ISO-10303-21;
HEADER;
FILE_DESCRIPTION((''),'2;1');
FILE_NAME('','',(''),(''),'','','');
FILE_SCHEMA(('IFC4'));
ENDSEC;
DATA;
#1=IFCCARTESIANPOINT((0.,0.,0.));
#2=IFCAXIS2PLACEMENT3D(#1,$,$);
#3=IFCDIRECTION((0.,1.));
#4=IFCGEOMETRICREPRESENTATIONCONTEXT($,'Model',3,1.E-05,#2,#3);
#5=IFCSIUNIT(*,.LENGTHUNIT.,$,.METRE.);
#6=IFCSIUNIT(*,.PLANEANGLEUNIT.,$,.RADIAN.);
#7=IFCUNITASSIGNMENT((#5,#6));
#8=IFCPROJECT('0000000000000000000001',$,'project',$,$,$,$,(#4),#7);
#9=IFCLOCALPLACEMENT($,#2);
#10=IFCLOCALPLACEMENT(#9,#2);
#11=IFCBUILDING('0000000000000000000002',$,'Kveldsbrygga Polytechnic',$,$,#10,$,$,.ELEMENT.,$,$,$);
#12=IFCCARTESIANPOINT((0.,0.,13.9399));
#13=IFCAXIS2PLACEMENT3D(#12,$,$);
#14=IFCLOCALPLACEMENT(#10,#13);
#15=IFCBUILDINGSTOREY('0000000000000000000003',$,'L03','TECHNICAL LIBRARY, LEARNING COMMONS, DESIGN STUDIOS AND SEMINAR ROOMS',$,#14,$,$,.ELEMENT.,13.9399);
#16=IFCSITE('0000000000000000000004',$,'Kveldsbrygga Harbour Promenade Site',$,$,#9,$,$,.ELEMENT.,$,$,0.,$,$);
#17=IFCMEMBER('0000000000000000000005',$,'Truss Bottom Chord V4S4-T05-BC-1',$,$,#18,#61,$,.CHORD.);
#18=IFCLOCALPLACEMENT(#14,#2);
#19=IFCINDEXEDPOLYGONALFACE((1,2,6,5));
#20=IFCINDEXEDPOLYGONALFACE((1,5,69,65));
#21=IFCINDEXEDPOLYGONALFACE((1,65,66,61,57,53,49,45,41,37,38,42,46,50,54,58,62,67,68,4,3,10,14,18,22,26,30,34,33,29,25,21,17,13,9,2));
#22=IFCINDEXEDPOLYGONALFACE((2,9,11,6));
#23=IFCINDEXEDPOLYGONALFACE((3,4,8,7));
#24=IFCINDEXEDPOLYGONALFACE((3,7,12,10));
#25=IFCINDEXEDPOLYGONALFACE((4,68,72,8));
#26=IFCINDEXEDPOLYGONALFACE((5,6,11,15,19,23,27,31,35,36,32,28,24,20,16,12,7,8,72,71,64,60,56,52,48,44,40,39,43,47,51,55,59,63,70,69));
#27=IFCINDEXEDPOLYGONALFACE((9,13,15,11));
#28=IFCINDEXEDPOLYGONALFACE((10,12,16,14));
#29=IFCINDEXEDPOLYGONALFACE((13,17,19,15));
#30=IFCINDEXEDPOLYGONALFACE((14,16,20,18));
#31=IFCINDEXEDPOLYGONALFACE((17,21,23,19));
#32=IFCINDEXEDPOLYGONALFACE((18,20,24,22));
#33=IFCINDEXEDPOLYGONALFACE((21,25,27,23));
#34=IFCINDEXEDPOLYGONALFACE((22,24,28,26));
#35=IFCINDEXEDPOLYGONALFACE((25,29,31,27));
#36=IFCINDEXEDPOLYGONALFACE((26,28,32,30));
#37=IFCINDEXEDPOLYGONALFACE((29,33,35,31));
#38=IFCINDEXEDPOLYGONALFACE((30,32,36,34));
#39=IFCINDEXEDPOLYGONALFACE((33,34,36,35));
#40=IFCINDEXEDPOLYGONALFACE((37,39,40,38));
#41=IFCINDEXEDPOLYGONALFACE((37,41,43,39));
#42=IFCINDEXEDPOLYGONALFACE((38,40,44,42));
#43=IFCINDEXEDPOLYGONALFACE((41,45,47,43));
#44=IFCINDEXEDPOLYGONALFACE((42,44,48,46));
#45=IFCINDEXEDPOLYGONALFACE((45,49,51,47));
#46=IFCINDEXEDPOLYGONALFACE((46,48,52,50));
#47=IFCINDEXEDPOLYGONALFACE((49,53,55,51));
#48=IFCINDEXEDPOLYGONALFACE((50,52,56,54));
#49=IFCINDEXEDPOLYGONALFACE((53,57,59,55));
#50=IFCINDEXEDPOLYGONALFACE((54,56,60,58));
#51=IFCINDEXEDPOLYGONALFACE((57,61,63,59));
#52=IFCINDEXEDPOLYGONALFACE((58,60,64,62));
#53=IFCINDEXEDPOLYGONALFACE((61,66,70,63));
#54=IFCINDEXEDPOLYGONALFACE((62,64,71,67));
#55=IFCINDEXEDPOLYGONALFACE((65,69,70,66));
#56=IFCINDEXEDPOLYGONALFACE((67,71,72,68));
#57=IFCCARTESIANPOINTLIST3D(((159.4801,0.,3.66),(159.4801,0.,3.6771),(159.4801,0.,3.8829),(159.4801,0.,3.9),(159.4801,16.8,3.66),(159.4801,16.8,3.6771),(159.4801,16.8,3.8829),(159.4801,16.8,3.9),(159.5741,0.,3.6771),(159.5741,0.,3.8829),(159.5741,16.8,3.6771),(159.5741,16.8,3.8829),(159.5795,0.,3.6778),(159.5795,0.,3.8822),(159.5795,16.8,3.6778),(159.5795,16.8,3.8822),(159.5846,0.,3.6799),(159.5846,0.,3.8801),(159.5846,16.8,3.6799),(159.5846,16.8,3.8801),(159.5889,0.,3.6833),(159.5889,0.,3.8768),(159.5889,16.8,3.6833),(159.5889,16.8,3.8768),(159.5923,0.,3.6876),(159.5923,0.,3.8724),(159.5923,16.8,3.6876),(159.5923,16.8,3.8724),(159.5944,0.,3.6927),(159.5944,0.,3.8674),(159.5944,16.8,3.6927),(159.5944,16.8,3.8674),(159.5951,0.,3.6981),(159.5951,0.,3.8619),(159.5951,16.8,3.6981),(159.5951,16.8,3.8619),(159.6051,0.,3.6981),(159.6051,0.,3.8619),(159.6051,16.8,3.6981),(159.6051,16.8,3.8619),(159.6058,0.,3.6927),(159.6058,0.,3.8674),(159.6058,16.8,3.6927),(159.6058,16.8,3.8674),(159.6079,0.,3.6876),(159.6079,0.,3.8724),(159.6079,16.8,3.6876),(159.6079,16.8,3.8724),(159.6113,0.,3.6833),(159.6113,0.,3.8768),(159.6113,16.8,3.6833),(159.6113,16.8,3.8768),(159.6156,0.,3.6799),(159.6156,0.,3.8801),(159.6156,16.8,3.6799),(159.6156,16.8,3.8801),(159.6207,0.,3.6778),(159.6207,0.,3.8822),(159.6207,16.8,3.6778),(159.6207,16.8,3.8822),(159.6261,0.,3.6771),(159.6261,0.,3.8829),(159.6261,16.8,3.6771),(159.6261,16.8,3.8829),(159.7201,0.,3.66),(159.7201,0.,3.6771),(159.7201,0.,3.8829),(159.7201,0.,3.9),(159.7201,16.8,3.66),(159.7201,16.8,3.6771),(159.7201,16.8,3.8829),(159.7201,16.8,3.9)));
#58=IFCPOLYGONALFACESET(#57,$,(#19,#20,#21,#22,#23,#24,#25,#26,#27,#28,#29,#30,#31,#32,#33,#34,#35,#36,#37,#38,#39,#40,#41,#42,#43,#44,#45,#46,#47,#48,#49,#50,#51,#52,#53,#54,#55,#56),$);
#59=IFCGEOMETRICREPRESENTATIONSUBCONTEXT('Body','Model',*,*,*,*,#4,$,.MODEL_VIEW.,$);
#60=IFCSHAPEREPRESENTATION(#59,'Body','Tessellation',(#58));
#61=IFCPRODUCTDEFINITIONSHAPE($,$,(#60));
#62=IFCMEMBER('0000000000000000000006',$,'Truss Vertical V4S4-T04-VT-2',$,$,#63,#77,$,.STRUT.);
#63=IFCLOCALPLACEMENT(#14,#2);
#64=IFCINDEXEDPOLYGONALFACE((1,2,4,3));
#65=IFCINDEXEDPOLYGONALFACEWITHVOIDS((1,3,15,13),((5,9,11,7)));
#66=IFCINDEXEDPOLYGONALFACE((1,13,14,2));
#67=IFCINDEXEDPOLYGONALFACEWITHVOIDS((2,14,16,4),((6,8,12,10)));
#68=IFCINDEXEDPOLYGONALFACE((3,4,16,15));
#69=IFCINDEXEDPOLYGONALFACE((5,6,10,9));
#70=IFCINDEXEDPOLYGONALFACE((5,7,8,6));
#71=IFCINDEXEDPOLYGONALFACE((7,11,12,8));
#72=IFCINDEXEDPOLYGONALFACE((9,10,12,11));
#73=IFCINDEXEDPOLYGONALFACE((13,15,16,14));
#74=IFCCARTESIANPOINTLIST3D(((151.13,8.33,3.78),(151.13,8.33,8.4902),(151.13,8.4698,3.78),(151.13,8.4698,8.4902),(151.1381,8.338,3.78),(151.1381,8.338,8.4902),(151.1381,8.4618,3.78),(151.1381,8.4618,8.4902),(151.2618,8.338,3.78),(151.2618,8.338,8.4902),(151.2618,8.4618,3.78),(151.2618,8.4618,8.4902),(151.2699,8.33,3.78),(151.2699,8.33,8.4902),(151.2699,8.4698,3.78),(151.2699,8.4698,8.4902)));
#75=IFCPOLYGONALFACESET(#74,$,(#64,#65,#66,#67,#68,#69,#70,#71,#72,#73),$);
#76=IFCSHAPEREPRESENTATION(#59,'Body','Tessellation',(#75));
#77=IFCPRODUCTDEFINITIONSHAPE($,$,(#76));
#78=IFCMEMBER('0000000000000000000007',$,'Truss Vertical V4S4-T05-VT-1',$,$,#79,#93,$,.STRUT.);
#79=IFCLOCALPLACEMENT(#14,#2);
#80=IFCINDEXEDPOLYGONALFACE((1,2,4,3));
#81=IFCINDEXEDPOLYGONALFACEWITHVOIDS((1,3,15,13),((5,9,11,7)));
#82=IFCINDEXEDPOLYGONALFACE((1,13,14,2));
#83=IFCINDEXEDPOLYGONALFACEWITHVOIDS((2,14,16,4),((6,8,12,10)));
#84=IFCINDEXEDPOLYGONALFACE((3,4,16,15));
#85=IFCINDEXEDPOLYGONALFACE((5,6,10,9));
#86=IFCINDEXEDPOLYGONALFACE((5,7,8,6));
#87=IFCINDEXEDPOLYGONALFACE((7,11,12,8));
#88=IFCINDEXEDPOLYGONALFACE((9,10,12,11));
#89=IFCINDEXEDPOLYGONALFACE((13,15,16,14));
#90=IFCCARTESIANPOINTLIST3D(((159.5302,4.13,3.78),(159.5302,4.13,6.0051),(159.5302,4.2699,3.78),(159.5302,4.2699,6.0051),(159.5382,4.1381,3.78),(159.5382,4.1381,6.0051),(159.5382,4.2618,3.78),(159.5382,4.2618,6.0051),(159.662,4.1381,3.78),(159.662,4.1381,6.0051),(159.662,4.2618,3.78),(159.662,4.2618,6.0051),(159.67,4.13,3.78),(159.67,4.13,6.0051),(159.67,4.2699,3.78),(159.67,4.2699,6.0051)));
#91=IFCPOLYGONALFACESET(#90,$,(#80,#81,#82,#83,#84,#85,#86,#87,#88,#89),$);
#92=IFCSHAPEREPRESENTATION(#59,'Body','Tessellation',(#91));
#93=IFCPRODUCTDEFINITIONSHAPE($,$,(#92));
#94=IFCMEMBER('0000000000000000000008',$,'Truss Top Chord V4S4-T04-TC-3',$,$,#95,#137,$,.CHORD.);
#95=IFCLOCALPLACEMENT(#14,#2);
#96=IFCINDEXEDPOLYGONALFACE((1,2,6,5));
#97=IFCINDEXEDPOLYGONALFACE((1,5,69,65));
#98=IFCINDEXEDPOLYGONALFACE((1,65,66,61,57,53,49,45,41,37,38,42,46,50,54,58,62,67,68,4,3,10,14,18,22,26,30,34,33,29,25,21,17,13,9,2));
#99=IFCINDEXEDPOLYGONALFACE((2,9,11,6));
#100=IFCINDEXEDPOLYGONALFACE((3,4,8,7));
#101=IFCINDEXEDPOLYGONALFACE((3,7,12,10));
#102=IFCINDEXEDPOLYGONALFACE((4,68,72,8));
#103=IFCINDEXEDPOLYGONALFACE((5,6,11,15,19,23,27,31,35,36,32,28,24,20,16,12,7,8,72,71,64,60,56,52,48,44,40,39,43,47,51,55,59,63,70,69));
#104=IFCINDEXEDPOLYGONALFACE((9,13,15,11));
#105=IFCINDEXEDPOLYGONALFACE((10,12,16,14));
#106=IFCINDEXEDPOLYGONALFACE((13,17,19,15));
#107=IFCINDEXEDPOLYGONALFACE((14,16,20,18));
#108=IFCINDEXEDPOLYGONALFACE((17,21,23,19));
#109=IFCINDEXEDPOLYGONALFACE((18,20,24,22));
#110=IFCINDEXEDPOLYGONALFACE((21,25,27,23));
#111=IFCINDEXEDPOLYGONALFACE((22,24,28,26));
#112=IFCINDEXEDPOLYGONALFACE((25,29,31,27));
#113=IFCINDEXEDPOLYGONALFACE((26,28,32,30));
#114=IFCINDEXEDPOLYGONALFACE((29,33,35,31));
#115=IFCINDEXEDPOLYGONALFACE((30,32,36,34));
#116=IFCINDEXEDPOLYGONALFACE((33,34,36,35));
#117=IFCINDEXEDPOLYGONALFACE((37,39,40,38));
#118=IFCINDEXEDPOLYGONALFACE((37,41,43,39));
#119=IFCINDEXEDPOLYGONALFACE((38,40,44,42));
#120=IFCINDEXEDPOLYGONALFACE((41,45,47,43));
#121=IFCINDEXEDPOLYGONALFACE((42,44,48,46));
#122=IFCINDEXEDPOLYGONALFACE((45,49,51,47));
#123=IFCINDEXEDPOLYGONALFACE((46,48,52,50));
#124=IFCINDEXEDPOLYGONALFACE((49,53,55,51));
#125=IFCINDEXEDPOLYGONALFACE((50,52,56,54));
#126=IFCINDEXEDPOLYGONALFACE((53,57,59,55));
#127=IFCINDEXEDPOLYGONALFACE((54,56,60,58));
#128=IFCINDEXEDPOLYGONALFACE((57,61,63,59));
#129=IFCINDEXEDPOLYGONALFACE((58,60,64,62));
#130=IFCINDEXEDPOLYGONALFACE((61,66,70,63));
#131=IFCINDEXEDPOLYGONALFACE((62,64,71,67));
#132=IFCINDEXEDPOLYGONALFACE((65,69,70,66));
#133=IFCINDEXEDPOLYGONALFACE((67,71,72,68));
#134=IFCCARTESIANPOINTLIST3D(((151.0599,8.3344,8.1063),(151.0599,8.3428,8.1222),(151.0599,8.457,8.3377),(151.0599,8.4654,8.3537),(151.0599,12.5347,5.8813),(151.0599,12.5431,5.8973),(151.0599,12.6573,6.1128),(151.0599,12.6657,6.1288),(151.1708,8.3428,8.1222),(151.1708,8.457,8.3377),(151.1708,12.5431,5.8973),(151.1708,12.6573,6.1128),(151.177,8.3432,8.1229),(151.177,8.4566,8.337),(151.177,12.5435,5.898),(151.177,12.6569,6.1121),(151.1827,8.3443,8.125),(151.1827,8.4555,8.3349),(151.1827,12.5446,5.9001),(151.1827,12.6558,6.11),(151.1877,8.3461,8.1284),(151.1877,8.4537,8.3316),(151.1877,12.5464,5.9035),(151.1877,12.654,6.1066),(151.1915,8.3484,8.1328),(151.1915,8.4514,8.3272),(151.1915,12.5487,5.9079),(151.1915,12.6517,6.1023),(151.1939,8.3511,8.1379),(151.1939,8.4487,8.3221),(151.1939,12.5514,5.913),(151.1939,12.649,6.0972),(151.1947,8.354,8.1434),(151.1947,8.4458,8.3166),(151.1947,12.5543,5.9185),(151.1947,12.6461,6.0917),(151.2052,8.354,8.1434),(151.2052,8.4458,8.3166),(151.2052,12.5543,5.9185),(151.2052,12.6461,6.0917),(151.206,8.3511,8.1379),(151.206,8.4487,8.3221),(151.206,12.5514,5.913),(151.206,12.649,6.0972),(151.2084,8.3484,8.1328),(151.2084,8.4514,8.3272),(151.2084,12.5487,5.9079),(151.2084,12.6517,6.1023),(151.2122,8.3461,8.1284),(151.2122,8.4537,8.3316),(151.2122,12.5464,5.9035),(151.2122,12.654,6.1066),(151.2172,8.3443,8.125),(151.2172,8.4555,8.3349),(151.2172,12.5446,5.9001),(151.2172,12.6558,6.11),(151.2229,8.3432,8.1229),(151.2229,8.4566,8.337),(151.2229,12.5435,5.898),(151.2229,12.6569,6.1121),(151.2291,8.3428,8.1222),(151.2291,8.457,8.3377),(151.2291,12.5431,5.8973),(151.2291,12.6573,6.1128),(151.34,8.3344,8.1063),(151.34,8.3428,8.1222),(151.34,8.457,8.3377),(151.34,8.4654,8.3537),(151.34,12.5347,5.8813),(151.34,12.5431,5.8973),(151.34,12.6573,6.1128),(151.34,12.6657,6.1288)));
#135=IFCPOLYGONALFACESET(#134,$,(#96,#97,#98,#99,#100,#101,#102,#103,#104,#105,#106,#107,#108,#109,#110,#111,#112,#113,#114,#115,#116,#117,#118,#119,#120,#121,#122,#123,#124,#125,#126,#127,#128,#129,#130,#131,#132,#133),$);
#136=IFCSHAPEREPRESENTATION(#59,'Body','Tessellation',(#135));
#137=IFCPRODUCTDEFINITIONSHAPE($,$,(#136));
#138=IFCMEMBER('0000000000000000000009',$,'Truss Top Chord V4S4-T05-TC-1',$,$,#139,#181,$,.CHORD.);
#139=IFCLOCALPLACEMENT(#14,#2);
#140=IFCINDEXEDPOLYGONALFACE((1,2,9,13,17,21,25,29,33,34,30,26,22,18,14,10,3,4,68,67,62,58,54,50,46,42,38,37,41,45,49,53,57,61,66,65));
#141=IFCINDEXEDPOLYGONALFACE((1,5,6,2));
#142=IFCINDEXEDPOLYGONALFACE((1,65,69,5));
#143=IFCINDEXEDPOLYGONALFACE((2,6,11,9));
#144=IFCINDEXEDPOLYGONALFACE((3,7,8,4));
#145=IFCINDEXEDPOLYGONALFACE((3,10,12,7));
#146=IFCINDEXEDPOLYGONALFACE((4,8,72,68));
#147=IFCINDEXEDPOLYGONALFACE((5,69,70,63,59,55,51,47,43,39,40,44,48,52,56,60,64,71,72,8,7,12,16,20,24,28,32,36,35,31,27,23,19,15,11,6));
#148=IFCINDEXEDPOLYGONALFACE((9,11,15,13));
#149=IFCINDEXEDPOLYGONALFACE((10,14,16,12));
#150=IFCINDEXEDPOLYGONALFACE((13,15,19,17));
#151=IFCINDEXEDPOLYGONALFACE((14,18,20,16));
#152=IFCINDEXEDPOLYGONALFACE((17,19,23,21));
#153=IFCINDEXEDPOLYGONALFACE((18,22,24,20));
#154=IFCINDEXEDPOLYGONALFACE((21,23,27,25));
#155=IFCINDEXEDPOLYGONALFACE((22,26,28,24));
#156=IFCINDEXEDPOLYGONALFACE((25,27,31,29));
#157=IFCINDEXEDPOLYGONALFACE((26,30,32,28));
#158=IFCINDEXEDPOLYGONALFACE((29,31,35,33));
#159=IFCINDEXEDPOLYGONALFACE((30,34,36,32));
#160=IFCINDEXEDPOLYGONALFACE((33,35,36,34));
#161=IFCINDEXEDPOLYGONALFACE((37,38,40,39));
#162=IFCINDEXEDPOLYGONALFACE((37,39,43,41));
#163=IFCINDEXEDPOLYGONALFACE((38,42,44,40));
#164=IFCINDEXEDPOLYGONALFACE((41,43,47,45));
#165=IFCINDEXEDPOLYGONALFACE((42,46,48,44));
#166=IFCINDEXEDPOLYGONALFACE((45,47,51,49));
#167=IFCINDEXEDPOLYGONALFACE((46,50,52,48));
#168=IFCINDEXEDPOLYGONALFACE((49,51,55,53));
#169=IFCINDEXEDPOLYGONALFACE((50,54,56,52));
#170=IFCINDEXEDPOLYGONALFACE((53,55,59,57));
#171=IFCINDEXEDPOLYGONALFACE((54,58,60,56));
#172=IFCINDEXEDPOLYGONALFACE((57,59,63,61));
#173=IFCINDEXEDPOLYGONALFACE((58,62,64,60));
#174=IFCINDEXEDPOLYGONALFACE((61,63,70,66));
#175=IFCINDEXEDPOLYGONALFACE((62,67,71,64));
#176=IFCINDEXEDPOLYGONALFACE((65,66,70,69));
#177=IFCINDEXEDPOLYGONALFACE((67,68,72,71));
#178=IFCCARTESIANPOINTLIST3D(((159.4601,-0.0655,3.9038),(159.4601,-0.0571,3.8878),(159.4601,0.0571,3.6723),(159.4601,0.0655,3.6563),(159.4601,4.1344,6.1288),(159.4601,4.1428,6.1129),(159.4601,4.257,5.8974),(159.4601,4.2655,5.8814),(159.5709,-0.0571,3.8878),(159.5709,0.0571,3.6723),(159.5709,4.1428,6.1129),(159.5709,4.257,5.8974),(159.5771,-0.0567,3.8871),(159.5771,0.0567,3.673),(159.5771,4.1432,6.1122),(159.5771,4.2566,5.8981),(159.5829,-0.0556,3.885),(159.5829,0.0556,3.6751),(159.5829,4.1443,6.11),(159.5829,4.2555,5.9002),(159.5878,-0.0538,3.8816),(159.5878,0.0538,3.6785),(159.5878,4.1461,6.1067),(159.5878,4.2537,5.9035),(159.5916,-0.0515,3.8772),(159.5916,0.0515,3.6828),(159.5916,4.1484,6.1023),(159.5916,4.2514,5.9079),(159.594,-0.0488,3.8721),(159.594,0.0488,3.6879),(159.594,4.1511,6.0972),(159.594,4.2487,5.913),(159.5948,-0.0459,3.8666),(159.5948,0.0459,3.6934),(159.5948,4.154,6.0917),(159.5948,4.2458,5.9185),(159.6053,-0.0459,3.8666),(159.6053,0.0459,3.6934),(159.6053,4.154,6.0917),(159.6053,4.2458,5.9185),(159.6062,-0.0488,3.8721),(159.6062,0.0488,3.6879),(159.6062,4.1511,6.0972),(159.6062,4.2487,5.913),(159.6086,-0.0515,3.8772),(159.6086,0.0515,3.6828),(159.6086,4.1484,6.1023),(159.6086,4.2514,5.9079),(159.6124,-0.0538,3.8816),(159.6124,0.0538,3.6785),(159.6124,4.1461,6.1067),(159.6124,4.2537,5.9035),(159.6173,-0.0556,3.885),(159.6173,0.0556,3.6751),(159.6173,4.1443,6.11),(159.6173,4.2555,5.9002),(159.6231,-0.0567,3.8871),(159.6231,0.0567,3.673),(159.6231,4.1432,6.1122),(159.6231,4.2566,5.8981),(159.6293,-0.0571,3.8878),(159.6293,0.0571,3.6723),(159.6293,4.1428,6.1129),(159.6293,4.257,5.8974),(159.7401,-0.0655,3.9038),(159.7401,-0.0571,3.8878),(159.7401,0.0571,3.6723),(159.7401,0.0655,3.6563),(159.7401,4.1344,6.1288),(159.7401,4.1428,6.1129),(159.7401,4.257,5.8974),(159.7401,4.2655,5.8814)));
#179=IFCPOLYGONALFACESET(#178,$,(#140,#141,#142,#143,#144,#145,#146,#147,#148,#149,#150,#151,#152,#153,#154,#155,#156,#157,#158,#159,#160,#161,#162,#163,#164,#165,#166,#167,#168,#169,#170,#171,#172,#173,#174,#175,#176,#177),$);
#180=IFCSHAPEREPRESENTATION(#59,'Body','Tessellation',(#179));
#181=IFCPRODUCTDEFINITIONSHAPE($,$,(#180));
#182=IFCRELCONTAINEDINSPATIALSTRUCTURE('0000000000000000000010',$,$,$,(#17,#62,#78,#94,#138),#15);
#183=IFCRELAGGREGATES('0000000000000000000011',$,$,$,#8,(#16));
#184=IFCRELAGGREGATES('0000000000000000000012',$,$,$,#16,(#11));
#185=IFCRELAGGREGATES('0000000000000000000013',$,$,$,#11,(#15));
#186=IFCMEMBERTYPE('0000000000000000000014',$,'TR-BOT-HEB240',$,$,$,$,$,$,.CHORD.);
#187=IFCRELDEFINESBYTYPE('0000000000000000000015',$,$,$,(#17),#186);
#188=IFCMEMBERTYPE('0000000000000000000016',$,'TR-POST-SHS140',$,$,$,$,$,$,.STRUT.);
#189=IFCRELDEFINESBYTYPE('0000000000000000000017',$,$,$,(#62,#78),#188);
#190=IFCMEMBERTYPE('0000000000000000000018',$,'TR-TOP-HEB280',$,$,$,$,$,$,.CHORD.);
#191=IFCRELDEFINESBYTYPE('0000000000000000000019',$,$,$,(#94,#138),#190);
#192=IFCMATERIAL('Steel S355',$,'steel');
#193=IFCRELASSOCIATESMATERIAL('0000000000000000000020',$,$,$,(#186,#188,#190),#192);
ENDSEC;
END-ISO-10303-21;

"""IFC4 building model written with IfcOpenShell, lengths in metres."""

from ifc_helpers import new_model, si_unit, direction, frame, origin, origin_2d, place, context, subcontext, project, spatial, hollow_rectangle, i_section, extrude, material, material_profile, profile_set, type_object, element, save


model = new_model("IFC4")

# Units and contexts
model_context = context("Model", 3, precision=1e-05, world=origin(), true_north=direction((0.0, 1.0)))
body_context = subcontext(model_context, "Body", "Model", "MODEL_VIEW")
ifc_project = project(units=[si_unit("LENGTHUNIT", "METRE"), si_unit("PLANEANGLEUNIT", "RADIAN")], contexts=[model_context])

# Site, building, storey
site_placement = place(None, origin())
site = spatial("IfcSite", under=ifc_project, at=site_placement, Name="Kveldsbrygga Harbour Promenade Site", CompositionType="ELEMENT", RefElevation=0.0)
building_placement = place(site_placement, origin())
building = spatial("IfcBuilding", under=site, at=building_placement, Name="Kveldsbrygga Polytechnic", CompositionType="ELEMENT")
storey_placement = place(building_placement, frame((0.0, 0.0, 13.9399)))
storey = spatial("IfcBuildingStorey", under=building, at=storey_placement, Name="L03", Description="TECHNICAL LIBRARY, LEARNING COMMONS, DESIGN STUDIOS AND SEMINAR ROOMS", CompositionType="ELEMENT", Elevation=13.9399)

# Members
ifc_material_1 = material(Name="Steel S355", Category="steel")
ifc_material_profile_1 = material_profile(ifc_material_1, i_section(OverallWidth=0.24, OverallDepth=0.24, WebThickness=0.01, FlangeThickness=0.0171, FilletRadius=0.021, at=origin_2d()), Name="HEB 240")
ifc_profile_set_1 = profile_set([ifc_material_profile_1], Name="Steel S355")
member_type_1 = type_object("IfcMemberType", Name="TR-BOT-HEB240", PredefinedType="CHORD", material=ifc_profile_set_1)
member_1_placement = place(storey_placement, frame((159.6001, 0.0, 3.78), z_axis=(0.0, 1.0, 0.0), x_axis=(-1.0, 0.0, 0.0)))
element("IfcMember", 1, at=member_1_placement, inside=storey, type_object=member_type_1, Name="Truss Bottom Chord V4S4-T05-BC-1", PredefinedType="CHORD", context=body_context, shape_type="SweptSolid", body=[
    extrude(i_section(OverallWidth=0.24, OverallDepth=0.24, WebThickness=0.01, FlangeThickness=0.0171, FilletRadius=0.021, at=origin_2d()), origin(), (0.0, 0.0, 1.0), 16.8),
])
ifc_material_profile_2 = material_profile(ifc_material_1, hollow_rectangle(XDim=0.1399, YDim=0.1399, WallThickness=0.0081, at=origin_2d()), Name="SHS 140x140x8.0")
ifc_profile_set_2 = profile_set([ifc_material_profile_2], Name="Steel S355")
member_type_2 = type_object("IfcMemberType", Name="TR-POST-SHS140", PredefinedType="STRUT", material=ifc_profile_set_2)
member_2_placement = place(storey_placement, frame((151.2, 8.3999, 3.78), z_axis=(0.0, 0.0, 1.0), x_axis=(1.0, 0.0, 0.0)))
element("IfcMember", 2, at=member_2_placement, inside=storey, type_object=member_type_2, Name="Truss Vertical V4S4-T04-VT-2", PredefinedType="STRUT", context=body_context, shape_type="SweptSolid", body=[
    extrude(hollow_rectangle(XDim=0.1399, YDim=0.1399, WallThickness=0.0081, at=origin_2d()), origin(), (0.0, 0.0, 1.0), 4.7102),
])
member_3_placement = place(storey_placement, frame((159.6001, 4.2, 3.78), z_axis=(0.0, 0.0, 1.0), x_axis=(1.0, 0.0, 0.0)))
element("IfcMember", 3, at=member_3_placement, inside=storey, type_object=member_type_2, Name="Truss Vertical V4S4-T05-VT-1", PredefinedType="STRUT", context=body_context, shape_type="SweptSolid", body=[
    extrude(hollow_rectangle(XDim=0.1399, YDim=0.1399, WallThickness=0.0081, at=origin_2d()), origin(), (0.0, 0.0, 1.0), 2.2251),
])
ifc_material_profile_3 = material_profile(ifc_material_1, i_section(OverallWidth=0.28, OverallDepth=0.28, WebThickness=0.0105, FlangeThickness=0.0181, FilletRadius=0.0239, at=origin_2d()), Name="HEB 280")
ifc_profile_set_3 = profile_set([ifc_material_profile_3], Name="Steel S355")
member_type_3 = type_object("IfcMemberType", Name="TR-TOP-HEB280", PredefinedType="CHORD", material=ifc_profile_set_3)
member_4_placement = place(storey_placement, frame((151.2, 8.3999, 8.23), z_axis=(0.0, 0.883682, -0.468088), x_axis=(-1.0, 0.0, 0.0)))
element("IfcMember", 4, at=member_4_placement, inside=storey, type_object=member_type_3, Name="Truss Top Chord V4S4-T04-TC-3", PredefinedType="CHORD", context=body_context, shape_type="SweptSolid", body=[
    extrude(i_section(OverallWidth=0.28, OverallDepth=0.28, WebThickness=0.0105, FlangeThickness=0.0181, FilletRadius=0.0239, at=origin_2d()), origin(), (0.0, 0.0, 1.0), 4.7532),
])
for number, where, z_axis, x_axis, name in (
    (5, (159.6001, 0.0, 3.78), (0.0, 0.883649, 0.46815), (-1.0, 0.0, 0.0), "Truss Top Chord V4S4-T05-TC-1"),
):
    element("IfcMember", number, at=place(storey_placement, frame(where, z_axis=z_axis, x_axis=x_axis)), inside=storey, type_object=member_type_3, Name=name, PredefinedType="CHORD", context=body_context, shape_type="SweptSolid", body=[
        extrude(i_section(OverallWidth=0.28, OverallDepth=0.28, WebThickness=0.0105, FlangeThickness=0.0181, FilletRadius=0.0239, at=origin_2d()), origin(), (0.0, 0.0, 1.0), 4.7529),
    ])

save(model, "model.ifc")
